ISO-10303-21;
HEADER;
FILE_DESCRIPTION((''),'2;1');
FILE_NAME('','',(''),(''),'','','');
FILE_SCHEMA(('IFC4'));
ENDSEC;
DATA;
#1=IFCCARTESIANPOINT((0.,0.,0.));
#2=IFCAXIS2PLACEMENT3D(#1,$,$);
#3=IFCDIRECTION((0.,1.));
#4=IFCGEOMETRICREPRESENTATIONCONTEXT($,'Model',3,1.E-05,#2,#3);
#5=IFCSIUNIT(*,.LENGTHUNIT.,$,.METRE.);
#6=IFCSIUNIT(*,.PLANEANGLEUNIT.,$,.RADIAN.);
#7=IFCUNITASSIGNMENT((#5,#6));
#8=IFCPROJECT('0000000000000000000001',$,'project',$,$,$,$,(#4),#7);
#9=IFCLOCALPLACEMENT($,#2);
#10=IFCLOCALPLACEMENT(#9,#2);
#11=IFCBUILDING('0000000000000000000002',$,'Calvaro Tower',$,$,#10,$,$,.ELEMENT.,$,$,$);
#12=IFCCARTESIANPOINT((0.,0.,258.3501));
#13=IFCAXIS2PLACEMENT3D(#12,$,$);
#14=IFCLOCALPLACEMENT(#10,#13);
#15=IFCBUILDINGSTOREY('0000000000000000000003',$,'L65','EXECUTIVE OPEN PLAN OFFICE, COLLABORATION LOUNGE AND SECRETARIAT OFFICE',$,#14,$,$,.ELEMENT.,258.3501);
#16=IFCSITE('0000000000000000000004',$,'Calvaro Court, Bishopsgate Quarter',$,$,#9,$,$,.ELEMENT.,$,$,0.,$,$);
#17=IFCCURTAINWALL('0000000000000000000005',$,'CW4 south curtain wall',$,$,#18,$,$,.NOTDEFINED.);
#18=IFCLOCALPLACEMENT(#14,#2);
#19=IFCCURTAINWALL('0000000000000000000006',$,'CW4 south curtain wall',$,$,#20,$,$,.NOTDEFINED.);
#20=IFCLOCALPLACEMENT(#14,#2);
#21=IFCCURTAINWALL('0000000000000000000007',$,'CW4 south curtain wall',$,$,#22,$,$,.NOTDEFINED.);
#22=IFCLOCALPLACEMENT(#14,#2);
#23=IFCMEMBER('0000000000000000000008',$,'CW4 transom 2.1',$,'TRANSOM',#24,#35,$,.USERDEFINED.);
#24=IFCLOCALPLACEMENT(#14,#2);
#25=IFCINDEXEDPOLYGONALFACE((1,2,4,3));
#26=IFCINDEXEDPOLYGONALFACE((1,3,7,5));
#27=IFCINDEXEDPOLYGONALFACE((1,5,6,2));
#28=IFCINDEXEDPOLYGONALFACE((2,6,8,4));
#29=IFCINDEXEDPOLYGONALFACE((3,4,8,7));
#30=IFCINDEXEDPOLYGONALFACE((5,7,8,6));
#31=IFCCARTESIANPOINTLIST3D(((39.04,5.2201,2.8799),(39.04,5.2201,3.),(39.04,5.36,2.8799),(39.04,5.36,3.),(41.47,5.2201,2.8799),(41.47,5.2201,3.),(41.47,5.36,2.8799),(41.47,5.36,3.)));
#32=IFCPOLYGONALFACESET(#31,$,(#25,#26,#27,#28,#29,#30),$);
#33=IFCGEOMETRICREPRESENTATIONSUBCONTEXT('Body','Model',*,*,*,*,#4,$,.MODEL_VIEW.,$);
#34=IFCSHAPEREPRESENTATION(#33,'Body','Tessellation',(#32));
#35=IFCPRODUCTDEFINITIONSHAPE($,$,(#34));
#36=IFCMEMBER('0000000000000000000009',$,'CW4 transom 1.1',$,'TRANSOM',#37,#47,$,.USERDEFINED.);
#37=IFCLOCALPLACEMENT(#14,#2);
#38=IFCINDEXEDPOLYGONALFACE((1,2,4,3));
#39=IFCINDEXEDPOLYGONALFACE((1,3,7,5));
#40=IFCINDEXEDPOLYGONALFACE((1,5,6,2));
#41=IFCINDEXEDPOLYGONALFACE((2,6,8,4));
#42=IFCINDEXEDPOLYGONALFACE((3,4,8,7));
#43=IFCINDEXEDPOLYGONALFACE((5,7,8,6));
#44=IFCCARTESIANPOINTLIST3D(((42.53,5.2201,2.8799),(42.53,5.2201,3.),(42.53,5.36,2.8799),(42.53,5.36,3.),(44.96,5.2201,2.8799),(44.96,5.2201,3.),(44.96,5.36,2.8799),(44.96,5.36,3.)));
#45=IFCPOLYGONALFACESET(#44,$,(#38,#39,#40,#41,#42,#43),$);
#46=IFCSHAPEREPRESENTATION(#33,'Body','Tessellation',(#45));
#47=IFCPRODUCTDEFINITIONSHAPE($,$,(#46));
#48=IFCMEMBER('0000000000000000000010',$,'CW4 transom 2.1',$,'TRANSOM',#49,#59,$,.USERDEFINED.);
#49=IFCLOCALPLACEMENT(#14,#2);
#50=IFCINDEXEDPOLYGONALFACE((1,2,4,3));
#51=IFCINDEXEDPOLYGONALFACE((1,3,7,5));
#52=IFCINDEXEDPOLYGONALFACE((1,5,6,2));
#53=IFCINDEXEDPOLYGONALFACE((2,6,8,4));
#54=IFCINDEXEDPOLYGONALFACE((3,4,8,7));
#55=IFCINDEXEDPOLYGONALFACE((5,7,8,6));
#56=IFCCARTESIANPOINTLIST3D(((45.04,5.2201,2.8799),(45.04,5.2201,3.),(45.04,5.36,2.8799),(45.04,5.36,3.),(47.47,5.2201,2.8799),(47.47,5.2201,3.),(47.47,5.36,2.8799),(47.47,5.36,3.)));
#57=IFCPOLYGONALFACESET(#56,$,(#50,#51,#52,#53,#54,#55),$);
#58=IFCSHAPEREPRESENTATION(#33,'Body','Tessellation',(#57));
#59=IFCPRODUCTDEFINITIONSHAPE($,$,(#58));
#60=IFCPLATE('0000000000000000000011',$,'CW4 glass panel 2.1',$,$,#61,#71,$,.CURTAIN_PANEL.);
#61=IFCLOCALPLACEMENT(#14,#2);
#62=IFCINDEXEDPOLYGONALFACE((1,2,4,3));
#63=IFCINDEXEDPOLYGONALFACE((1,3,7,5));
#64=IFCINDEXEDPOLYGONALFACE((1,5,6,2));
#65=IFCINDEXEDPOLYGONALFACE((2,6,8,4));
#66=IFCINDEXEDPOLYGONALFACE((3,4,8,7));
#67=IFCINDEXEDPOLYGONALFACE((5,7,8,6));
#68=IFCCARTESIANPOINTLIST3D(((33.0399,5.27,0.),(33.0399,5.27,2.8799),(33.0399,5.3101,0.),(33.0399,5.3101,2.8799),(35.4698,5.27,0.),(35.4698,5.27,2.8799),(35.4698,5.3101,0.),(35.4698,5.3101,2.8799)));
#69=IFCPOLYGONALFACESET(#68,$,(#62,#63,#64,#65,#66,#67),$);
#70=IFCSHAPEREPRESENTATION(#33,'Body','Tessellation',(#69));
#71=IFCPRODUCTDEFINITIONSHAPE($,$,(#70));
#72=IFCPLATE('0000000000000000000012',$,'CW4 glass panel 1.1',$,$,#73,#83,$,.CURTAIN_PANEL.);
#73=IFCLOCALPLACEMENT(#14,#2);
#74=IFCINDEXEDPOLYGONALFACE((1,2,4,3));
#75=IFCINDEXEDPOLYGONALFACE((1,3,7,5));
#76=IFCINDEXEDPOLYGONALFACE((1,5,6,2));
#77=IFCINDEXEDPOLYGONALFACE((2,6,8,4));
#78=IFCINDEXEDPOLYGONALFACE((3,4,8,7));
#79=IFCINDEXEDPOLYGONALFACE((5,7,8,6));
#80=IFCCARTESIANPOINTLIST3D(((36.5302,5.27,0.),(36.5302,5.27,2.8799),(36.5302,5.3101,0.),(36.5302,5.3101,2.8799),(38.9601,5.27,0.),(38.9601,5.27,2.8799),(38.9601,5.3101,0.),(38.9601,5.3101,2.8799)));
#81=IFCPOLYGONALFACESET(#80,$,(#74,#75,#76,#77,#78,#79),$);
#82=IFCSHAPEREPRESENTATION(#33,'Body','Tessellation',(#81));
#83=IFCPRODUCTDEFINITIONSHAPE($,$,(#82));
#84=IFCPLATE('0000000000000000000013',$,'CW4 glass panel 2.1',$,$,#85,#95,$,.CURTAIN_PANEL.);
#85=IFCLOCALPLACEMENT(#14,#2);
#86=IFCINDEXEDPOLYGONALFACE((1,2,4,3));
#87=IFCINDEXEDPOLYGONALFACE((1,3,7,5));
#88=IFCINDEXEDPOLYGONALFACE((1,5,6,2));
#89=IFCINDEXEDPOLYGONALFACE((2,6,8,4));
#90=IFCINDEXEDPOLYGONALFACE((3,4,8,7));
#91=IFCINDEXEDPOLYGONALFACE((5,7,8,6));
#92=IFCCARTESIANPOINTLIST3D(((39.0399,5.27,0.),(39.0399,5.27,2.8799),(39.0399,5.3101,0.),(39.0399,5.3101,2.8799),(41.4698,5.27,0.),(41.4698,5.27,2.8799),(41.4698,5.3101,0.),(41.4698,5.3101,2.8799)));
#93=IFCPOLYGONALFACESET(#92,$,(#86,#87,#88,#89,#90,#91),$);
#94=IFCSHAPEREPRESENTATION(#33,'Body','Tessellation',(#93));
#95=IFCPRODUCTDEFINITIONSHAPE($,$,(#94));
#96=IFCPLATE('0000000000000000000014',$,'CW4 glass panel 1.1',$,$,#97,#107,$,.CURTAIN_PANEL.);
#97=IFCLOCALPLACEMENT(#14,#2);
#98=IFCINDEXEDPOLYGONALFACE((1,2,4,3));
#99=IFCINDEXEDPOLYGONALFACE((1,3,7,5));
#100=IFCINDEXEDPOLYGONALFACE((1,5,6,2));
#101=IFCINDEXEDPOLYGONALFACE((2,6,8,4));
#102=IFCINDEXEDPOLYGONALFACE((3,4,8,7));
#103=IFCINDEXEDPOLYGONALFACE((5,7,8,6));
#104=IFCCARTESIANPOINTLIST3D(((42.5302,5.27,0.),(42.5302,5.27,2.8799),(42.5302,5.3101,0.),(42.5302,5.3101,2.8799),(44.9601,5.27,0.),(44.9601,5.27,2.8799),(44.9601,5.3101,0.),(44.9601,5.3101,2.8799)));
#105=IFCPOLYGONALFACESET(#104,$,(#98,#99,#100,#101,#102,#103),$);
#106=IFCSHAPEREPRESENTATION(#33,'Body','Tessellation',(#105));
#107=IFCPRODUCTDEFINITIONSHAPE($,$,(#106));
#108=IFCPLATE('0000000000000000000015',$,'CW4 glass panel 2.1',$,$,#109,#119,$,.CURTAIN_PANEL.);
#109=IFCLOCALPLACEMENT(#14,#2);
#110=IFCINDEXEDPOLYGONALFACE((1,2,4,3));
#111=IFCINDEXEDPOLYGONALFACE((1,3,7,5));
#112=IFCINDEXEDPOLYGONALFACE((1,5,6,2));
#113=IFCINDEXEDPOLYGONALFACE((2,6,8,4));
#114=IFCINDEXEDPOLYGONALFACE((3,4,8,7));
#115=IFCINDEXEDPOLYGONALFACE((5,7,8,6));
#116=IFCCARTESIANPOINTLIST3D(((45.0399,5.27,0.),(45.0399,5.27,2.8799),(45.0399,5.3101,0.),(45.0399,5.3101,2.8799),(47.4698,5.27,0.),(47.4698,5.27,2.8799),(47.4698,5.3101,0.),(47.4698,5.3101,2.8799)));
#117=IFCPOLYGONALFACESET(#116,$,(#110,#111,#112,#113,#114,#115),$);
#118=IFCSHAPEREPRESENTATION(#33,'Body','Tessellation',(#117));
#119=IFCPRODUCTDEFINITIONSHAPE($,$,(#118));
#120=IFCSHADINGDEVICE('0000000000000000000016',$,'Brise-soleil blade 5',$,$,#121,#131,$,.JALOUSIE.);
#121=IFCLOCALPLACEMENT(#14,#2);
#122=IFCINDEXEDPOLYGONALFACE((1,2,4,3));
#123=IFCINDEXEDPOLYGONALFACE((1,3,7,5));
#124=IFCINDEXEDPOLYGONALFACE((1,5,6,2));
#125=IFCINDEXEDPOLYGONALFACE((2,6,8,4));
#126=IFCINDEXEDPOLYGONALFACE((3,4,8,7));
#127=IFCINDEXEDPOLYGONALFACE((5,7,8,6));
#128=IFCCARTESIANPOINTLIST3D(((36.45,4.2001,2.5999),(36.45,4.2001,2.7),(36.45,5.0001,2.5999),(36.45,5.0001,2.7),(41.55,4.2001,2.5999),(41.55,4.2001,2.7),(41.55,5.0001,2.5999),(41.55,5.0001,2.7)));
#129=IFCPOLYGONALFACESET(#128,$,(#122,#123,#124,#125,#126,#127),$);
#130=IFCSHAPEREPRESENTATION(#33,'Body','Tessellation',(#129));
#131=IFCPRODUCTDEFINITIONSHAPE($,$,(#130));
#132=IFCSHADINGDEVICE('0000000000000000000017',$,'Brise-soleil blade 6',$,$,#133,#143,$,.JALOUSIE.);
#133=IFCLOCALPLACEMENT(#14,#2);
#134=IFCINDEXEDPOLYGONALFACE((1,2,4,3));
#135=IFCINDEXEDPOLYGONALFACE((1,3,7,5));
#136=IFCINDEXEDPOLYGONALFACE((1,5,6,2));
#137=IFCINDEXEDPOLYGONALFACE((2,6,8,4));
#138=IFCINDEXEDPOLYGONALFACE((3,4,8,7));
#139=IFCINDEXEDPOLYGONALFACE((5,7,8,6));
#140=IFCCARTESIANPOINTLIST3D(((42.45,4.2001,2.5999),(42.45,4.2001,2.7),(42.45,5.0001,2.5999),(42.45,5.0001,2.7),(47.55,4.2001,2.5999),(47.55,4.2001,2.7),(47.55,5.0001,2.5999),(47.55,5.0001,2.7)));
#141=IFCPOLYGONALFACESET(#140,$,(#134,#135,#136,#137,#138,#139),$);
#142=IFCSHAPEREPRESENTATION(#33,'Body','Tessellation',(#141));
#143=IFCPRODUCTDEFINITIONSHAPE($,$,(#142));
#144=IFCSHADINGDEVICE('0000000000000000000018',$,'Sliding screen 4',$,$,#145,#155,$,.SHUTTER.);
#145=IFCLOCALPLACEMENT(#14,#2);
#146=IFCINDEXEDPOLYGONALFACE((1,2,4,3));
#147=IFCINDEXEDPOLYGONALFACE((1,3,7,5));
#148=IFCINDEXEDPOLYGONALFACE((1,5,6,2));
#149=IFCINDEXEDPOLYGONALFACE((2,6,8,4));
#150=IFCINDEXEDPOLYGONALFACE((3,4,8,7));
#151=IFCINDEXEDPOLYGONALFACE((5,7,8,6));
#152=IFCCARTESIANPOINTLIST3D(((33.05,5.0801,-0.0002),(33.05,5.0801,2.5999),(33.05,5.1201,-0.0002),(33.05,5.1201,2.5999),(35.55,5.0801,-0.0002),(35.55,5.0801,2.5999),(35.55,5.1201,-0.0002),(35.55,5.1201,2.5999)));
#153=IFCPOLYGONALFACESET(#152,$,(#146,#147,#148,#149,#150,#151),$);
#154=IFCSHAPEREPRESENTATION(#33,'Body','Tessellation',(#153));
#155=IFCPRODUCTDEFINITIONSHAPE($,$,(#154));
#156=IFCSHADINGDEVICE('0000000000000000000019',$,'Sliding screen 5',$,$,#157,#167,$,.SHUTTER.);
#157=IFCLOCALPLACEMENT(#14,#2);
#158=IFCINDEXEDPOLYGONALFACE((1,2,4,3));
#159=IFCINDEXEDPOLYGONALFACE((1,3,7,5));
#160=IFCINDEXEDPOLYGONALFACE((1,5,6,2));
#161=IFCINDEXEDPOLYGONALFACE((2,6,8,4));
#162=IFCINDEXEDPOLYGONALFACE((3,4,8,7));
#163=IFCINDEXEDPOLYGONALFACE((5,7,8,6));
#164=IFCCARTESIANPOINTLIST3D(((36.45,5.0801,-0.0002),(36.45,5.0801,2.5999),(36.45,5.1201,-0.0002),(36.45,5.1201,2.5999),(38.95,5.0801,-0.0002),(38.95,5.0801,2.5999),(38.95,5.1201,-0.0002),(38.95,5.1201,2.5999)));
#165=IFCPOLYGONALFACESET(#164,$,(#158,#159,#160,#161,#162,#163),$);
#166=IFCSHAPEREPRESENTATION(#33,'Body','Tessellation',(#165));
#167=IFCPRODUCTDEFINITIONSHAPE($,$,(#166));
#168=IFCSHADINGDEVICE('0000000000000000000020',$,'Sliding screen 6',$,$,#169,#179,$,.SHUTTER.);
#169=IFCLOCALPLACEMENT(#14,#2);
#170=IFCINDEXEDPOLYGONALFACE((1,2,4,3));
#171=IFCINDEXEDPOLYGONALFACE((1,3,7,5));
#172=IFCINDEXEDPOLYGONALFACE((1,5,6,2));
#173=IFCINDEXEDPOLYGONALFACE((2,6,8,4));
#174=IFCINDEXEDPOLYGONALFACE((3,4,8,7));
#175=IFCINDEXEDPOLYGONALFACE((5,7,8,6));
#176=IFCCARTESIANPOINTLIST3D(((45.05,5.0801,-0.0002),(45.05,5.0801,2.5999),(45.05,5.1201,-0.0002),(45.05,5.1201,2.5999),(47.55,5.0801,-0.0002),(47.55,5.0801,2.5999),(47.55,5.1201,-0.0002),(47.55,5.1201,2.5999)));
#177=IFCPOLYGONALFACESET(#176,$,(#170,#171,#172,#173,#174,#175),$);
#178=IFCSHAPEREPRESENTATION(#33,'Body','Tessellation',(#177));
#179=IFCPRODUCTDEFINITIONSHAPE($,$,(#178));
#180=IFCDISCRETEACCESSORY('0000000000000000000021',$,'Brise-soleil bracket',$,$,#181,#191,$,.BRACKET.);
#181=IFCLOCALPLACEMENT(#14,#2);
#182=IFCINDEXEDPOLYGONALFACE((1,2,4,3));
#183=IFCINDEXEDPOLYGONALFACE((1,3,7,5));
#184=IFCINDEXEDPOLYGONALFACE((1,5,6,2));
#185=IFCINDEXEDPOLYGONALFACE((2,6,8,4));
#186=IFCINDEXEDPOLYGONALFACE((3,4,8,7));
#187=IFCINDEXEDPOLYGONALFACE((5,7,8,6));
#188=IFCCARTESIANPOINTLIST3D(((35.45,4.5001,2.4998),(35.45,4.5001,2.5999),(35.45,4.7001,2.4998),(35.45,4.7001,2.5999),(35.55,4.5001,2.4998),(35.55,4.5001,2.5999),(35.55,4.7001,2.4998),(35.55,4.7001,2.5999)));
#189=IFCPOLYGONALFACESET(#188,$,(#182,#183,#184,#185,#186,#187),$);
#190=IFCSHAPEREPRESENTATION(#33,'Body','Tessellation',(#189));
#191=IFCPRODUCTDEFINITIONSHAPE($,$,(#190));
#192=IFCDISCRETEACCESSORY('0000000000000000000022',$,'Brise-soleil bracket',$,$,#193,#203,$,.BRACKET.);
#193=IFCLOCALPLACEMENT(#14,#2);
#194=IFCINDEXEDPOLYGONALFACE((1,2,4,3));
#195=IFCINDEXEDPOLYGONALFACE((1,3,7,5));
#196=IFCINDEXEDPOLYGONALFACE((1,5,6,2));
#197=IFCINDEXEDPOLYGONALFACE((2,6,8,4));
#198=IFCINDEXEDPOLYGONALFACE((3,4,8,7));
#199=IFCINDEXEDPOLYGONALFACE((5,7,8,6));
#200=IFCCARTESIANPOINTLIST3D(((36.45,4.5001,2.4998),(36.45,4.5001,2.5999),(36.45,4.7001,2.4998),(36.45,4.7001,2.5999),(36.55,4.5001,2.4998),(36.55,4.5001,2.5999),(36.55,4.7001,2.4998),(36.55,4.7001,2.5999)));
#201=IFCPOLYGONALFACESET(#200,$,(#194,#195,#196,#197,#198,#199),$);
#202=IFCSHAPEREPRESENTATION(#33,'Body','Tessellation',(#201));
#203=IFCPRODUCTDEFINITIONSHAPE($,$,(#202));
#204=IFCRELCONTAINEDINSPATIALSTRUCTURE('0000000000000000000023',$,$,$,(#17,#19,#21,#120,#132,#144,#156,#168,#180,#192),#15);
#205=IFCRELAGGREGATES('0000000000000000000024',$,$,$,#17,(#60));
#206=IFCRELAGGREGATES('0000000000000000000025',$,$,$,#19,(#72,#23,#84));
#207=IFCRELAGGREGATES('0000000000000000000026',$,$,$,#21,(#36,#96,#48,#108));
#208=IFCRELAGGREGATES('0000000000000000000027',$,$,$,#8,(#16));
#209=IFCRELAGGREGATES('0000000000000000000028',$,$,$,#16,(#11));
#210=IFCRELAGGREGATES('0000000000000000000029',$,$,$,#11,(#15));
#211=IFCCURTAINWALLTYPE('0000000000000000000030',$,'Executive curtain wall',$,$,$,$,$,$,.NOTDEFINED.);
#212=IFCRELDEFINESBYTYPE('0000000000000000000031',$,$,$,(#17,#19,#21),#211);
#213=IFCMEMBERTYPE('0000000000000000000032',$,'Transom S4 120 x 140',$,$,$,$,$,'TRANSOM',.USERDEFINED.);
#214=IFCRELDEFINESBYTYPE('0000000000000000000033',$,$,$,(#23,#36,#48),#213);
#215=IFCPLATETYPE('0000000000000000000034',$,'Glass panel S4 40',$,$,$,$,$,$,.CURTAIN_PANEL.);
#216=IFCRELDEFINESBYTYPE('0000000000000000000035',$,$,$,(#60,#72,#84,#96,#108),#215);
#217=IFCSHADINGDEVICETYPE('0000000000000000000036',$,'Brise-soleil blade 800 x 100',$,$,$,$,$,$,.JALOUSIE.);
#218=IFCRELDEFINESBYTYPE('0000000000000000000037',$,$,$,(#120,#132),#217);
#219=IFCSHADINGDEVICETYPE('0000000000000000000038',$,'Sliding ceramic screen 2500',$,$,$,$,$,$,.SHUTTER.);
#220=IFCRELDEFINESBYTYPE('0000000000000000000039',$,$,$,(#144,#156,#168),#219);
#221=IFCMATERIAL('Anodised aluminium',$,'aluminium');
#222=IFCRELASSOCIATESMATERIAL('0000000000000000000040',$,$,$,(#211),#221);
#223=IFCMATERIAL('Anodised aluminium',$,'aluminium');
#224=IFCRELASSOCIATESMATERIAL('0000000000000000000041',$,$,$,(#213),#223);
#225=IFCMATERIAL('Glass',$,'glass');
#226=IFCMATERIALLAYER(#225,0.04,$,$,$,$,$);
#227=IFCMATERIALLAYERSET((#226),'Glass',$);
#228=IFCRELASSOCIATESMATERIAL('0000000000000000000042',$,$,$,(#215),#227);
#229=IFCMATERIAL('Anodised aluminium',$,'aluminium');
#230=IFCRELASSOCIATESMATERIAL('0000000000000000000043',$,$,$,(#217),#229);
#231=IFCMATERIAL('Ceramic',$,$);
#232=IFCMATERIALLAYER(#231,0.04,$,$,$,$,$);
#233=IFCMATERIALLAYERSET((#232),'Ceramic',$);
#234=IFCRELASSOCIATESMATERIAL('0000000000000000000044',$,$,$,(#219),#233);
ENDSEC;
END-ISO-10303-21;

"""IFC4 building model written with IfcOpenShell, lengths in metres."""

from ifc_helpers import new_model, si_unit, direction, frame, origin, origin_2d, place, context, subcontext, project, spatial, rectangle, extrude, material, layer, layer_set, material_profile, profile_set, type_object, element, aggregate, save


model = new_model("IFC4")

# Units and contexts
model_context = context("Model", 3, precision=1e-05, world=origin(), true_north=direction((0.0, 1.0)))
body_context = subcontext(model_context, "Body", "Model", "MODEL_VIEW")
ifc_project = project(units=[si_unit("LENGTHUNIT", "METRE"), si_unit("PLANEANGLEUNIT", "RADIAN")], contexts=[model_context])

# Site, building, storey
site_placement = place(None, origin())
site = spatial("IfcSite", under=ifc_project, at=site_placement, Name="Calvaro Court, Bishopsgate Quarter", CompositionType="ELEMENT", RefElevation=0.0)
building_placement = place(site_placement, origin())
building = spatial("IfcBuilding", under=site, at=building_placement, Name="Calvaro Tower", CompositionType="ELEMENT")
storey_placement = place(building_placement, frame((0.0, 0.0, 258.3501)))
storey = spatial("IfcBuildingStorey", under=building, at=storey_placement, Name="L65", Description="EXECUTIVE OPEN PLAN OFFICE, COLLABORATION LOUNGE AND SECRETARIAT OFFICE", CompositionType="ELEMENT", Elevation=258.3501)

# Curtain walls
ifc_material_1 = material(Name="Anodised aluminium", Category="aluminium")
curtain_wall_type = type_object("IfcCurtainWallType", Name="Executive curtain wall", PredefinedType="NOTDEFINED", material=ifc_material_1)
curtain_wall_1_placement = place(storey_placement, origin())
curtain_wall_1 = element("IfcCurtainWall", 1, at=curtain_wall_1_placement, inside=storey, type_object=curtain_wall_type, Name="CW4 south curtain wall", PredefinedType="NOTDEFINED")
curtain_wall_2_placement = place(storey_placement, origin())
curtain_wall_2 = element("IfcCurtainWall", 2, at=curtain_wall_2_placement, inside=storey, type_object=curtain_wall_type, Name="CW4 south curtain wall", PredefinedType="NOTDEFINED")
curtain_wall_3_placement = place(storey_placement, origin())
curtain_wall_3 = element("IfcCurtainWall", 3, at=curtain_wall_3_placement, inside=storey, type_object=curtain_wall_type, Name="CW4 south curtain wall", PredefinedType="NOTDEFINED")

# Members
ifc_material_2 = material(Name="Anodised aluminium", Category="aluminium")
ifc_material_profile_1 = material_profile(ifc_material_2, rectangle(XDim=0.1399, YDim=0.1201, at=origin_2d()), Name="Transom S4 120 x 140")
ifc_profile_set_1 = profile_set([ifc_material_profile_1], Name="Anodised aluminium")
member_type_1 = type_object("IfcMemberType", Name="Transom S4 120 x 140", ElementType="TRANSOM", PredefinedType="USERDEFINED", material=ifc_profile_set_1)
member_1_placement = place(storey_placement, frame((39.04, 5.29, 2.9399), z_axis=(1.0, 0.0, 0.0), x_axis=(0.0, 1.0, 0.0)))
member_1 = element("IfcMember", 4, at=member_1_placement, type_object=member_type_1, Name="CW4 transom 2.1", ObjectType="TRANSOM", PredefinedType="USERDEFINED", context=body_context, shape_type="SweptSolid", body=[
    extrude(rectangle(XDim=0.1399, YDim=0.1201, at=origin_2d()), origin(), (0.0, 0.0, 1.0), 2.4299),
])
member_2_placement = place(storey_placement, frame((42.53, 5.29, 2.9399), z_axis=(1.0, 0.0, 0.0), x_axis=(0.0, 1.0, 0.0)))
member_2 = element("IfcMember", 5, at=member_2_placement, type_object=member_type_1, Name="CW4 transom 1.1", ObjectType="TRANSOM", PredefinedType="USERDEFINED", context=body_context, shape_type="SweptSolid", body=[
    extrude(rectangle(XDim=0.1399, YDim=0.1201, at=origin_2d()), origin(), (0.0, 0.0, 1.0), 2.4299),
])
member_3_placement = place(storey_placement, frame((45.04, 5.29, 2.9399), z_axis=(1.0, 0.0, 0.0), x_axis=(0.0, 1.0, 0.0)))
member_3 = element("IfcMember", 6, at=member_3_placement, type_object=member_type_1, Name="CW4 transom 2.1", ObjectType="TRANSOM", PredefinedType="USERDEFINED", context=body_context, shape_type="SweptSolid", body=[
    extrude(rectangle(XDim=0.1399, YDim=0.1201, at=origin_2d()), origin(), (0.0, 0.0, 1.0), 2.4299),
])

# Plates
ifc_material_3 = material(Name="Glass", Category="glass")
ifc_layer_1 = layer(ifc_material_3, 0.04)
ifc_layer_set_1 = layer_set([ifc_layer_1], Name="Glass")
plate_type = type_object("IfcPlateType", Name="Glass panel S4 40", PredefinedType="CURTAIN_PANEL", material=ifc_layer_set_1)
plate_1_placement = place(storey_placement, frame((34.2549, 5.29, 0.0), z_axis=(0.0, 0.0, 1.0), x_axis=(1.0, 0.0, 0.0)))
plate_1 = element("IfcPlate", 7, at=plate_1_placement, type_object=plate_type, Name="CW4 glass panel 2.1", PredefinedType="CURTAIN_PANEL", context=body_context, shape_type="SweptSolid", body=[
    extrude(rectangle(XDim=2.4299, YDim=0.04, at=origin_2d()), origin(), (0.0, 0.0, 1.0), 2.8799),
])
aggregate(curtain_wall_1, [plate_1])
plate_2_placement = place(storey_placement, frame((37.7451, 5.29, 0.0), z_axis=(0.0, 0.0, 1.0), x_axis=(1.0, 0.0, 0.0)))
plate_2 = element("IfcPlate", 8, at=plate_2_placement, type_object=plate_type, Name="CW4 glass panel 1.1", PredefinedType="CURTAIN_PANEL", context=body_context, shape_type="SweptSolid", body=[
    extrude(rectangle(XDim=2.4299, YDim=0.04, at=origin_2d()), origin(), (0.0, 0.0, 1.0), 2.8799),
])
plate_3_placement = place(storey_placement, frame((40.2549, 5.29, 0.0), z_axis=(0.0, 0.0, 1.0), x_axis=(1.0, 0.0, 0.0)))
plate_3 = element("IfcPlate", 9, at=plate_3_placement, type_object=plate_type, Name="CW4 glass panel 2.1", PredefinedType="CURTAIN_PANEL", context=body_context, shape_type="SweptSolid", body=[
    extrude(rectangle(XDim=2.4299, YDim=0.04, at=origin_2d()), origin(), (0.0, 0.0, 1.0), 2.8799),
])
aggregate(curtain_wall_2, [plate_2, member_1, plate_3])
plate_4_placement = place(storey_placement, frame((43.7451, 5.29, 0.0), z_axis=(0.0, 0.0, 1.0), x_axis=(1.0, 0.0, 0.0)))
plate_4 = element("IfcPlate", 10, at=plate_4_placement, type_object=plate_type, Name="CW4 glass panel 1.1", PredefinedType="CURTAIN_PANEL", context=body_context, shape_type="SweptSolid", body=[
    extrude(rectangle(XDim=2.4299, YDim=0.04, at=origin_2d()), origin(), (0.0, 0.0, 1.0), 2.8799),
])
plate_5_placement = place(storey_placement, frame((46.2549, 5.29, 0.0), z_axis=(0.0, 0.0, 1.0), x_axis=(1.0, 0.0, 0.0)))
plate_5 = element("IfcPlate", 11, at=plate_5_placement, type_object=plate_type, Name="CW4 glass panel 2.1", PredefinedType="CURTAIN_PANEL", context=body_context, shape_type="SweptSolid", body=[
    extrude(rectangle(XDim=2.4299, YDim=0.04, at=origin_2d()), origin(), (0.0, 0.0, 1.0), 2.8799),
])
aggregate(curtain_wall_3, [member_2, plate_4, member_3, plate_5])

# Shading devices
ifc_material_4 = material(Name="Anodised aluminium", Category="aluminium")
ifc_material_profile_2 = material_profile(ifc_material_4, rectangle(XDim=0.8, YDim=0.1001, at=origin_2d()), Name="Brise-soleil blade 800 x 100")
ifc_profile_set_2 = profile_set([ifc_material_profile_2], Name="Anodised aluminium")
shading_device_type_1 = type_object("IfcShadingDeviceType", Name="Brise-soleil blade 800 x 100", PredefinedType="JALOUSIE", material=ifc_profile_set_2)
for number, where, z_axis, x_axis, name in (
    (12, (36.45, 4.6001, 2.6499), (1.0, 0.0, 0.0), (0.0, 1.0, 0.0), "Brise-soleil blade 5"),
    (13, (42.45, 4.6001, 2.6499), (1.0, 0.0, 0.0), (0.0, 1.0, 0.0), "Brise-soleil blade 6"),
):
    element("IfcShadingDevice", number, at=place(storey_placement, frame(where, z_axis=z_axis, x_axis=x_axis)), inside=storey, type_object=shading_device_type_1, Name=name, PredefinedType="JALOUSIE", context=body_context, shape_type="SweptSolid", body=[
        extrude(rectangle(XDim=0.8, YDim=0.1001, at=origin_2d()), origin(), (0.0, 0.0, 1.0), 5.1001),
    ])
ifc_material_5 = material(Name="Ceramic")
ifc_layer_2 = layer(ifc_material_5, 0.04)
ifc_layer_set_2 = layer_set([ifc_layer_2], Name="Ceramic")
shading_device_type_2 = type_object("IfcShadingDeviceType", Name="Sliding ceramic screen 2500", PredefinedType="SHUTTER", material=ifc_layer_set_2)
for number, where, z_axis, x_axis, name in (
    (14, (34.3, 5.1001, -0.0002), (0.0, 0.0, 1.0), (1.0, 0.0, 0.0), "Sliding screen 4"),
    (15, (37.7, 5.1001, -0.0002), (0.0, 0.0, 1.0), (1.0, 0.0, 0.0), "Sliding screen 5"),
    (16, (46.3, 5.1001, -0.0002), (0.0, 0.0, 1.0), (1.0, 0.0, 0.0), "Sliding screen 6"),
):
    element("IfcShadingDevice", number, at=place(storey_placement, frame(where, z_axis=z_axis, x_axis=x_axis)), inside=storey, type_object=shading_device_type_2, Name=name, PredefinedType="SHUTTER", context=body_context, shape_type="SweptSolid", body=[
        extrude(rectangle(XDim=2.5, YDim=0.04, at=origin_2d()), origin(), (0.0, 0.0, 1.0), 2.6001),
    ])

# Discrete accessories
for number, where, z_axis, x_axis, name in (
    (17, (35.5, 4.6001, 2.4998), (0.0, 0.0, 1.0), (1.0, 0.0, 0.0), "Brise-soleil bracket"),
    (18, (36.5, 4.6001, 2.4998), (0.0, 0.0, 1.0), (1.0, 0.0, 0.0), "Brise-soleil bracket"),
):
    element("IfcDiscreteAccessory", number, at=place(storey_placement, frame(where, z_axis=z_axis, x_axis=x_axis)), inside=storey, Name=name, PredefinedType="BRACKET", context=body_context, shape_type="SweptSolid", body=[
        extrude(rectangle(XDim=0.1001, YDim=0.2, at=origin_2d()), origin(), (0.0, 0.0, 1.0), 0.1001),
    ])

save(model, "model.ifc")
